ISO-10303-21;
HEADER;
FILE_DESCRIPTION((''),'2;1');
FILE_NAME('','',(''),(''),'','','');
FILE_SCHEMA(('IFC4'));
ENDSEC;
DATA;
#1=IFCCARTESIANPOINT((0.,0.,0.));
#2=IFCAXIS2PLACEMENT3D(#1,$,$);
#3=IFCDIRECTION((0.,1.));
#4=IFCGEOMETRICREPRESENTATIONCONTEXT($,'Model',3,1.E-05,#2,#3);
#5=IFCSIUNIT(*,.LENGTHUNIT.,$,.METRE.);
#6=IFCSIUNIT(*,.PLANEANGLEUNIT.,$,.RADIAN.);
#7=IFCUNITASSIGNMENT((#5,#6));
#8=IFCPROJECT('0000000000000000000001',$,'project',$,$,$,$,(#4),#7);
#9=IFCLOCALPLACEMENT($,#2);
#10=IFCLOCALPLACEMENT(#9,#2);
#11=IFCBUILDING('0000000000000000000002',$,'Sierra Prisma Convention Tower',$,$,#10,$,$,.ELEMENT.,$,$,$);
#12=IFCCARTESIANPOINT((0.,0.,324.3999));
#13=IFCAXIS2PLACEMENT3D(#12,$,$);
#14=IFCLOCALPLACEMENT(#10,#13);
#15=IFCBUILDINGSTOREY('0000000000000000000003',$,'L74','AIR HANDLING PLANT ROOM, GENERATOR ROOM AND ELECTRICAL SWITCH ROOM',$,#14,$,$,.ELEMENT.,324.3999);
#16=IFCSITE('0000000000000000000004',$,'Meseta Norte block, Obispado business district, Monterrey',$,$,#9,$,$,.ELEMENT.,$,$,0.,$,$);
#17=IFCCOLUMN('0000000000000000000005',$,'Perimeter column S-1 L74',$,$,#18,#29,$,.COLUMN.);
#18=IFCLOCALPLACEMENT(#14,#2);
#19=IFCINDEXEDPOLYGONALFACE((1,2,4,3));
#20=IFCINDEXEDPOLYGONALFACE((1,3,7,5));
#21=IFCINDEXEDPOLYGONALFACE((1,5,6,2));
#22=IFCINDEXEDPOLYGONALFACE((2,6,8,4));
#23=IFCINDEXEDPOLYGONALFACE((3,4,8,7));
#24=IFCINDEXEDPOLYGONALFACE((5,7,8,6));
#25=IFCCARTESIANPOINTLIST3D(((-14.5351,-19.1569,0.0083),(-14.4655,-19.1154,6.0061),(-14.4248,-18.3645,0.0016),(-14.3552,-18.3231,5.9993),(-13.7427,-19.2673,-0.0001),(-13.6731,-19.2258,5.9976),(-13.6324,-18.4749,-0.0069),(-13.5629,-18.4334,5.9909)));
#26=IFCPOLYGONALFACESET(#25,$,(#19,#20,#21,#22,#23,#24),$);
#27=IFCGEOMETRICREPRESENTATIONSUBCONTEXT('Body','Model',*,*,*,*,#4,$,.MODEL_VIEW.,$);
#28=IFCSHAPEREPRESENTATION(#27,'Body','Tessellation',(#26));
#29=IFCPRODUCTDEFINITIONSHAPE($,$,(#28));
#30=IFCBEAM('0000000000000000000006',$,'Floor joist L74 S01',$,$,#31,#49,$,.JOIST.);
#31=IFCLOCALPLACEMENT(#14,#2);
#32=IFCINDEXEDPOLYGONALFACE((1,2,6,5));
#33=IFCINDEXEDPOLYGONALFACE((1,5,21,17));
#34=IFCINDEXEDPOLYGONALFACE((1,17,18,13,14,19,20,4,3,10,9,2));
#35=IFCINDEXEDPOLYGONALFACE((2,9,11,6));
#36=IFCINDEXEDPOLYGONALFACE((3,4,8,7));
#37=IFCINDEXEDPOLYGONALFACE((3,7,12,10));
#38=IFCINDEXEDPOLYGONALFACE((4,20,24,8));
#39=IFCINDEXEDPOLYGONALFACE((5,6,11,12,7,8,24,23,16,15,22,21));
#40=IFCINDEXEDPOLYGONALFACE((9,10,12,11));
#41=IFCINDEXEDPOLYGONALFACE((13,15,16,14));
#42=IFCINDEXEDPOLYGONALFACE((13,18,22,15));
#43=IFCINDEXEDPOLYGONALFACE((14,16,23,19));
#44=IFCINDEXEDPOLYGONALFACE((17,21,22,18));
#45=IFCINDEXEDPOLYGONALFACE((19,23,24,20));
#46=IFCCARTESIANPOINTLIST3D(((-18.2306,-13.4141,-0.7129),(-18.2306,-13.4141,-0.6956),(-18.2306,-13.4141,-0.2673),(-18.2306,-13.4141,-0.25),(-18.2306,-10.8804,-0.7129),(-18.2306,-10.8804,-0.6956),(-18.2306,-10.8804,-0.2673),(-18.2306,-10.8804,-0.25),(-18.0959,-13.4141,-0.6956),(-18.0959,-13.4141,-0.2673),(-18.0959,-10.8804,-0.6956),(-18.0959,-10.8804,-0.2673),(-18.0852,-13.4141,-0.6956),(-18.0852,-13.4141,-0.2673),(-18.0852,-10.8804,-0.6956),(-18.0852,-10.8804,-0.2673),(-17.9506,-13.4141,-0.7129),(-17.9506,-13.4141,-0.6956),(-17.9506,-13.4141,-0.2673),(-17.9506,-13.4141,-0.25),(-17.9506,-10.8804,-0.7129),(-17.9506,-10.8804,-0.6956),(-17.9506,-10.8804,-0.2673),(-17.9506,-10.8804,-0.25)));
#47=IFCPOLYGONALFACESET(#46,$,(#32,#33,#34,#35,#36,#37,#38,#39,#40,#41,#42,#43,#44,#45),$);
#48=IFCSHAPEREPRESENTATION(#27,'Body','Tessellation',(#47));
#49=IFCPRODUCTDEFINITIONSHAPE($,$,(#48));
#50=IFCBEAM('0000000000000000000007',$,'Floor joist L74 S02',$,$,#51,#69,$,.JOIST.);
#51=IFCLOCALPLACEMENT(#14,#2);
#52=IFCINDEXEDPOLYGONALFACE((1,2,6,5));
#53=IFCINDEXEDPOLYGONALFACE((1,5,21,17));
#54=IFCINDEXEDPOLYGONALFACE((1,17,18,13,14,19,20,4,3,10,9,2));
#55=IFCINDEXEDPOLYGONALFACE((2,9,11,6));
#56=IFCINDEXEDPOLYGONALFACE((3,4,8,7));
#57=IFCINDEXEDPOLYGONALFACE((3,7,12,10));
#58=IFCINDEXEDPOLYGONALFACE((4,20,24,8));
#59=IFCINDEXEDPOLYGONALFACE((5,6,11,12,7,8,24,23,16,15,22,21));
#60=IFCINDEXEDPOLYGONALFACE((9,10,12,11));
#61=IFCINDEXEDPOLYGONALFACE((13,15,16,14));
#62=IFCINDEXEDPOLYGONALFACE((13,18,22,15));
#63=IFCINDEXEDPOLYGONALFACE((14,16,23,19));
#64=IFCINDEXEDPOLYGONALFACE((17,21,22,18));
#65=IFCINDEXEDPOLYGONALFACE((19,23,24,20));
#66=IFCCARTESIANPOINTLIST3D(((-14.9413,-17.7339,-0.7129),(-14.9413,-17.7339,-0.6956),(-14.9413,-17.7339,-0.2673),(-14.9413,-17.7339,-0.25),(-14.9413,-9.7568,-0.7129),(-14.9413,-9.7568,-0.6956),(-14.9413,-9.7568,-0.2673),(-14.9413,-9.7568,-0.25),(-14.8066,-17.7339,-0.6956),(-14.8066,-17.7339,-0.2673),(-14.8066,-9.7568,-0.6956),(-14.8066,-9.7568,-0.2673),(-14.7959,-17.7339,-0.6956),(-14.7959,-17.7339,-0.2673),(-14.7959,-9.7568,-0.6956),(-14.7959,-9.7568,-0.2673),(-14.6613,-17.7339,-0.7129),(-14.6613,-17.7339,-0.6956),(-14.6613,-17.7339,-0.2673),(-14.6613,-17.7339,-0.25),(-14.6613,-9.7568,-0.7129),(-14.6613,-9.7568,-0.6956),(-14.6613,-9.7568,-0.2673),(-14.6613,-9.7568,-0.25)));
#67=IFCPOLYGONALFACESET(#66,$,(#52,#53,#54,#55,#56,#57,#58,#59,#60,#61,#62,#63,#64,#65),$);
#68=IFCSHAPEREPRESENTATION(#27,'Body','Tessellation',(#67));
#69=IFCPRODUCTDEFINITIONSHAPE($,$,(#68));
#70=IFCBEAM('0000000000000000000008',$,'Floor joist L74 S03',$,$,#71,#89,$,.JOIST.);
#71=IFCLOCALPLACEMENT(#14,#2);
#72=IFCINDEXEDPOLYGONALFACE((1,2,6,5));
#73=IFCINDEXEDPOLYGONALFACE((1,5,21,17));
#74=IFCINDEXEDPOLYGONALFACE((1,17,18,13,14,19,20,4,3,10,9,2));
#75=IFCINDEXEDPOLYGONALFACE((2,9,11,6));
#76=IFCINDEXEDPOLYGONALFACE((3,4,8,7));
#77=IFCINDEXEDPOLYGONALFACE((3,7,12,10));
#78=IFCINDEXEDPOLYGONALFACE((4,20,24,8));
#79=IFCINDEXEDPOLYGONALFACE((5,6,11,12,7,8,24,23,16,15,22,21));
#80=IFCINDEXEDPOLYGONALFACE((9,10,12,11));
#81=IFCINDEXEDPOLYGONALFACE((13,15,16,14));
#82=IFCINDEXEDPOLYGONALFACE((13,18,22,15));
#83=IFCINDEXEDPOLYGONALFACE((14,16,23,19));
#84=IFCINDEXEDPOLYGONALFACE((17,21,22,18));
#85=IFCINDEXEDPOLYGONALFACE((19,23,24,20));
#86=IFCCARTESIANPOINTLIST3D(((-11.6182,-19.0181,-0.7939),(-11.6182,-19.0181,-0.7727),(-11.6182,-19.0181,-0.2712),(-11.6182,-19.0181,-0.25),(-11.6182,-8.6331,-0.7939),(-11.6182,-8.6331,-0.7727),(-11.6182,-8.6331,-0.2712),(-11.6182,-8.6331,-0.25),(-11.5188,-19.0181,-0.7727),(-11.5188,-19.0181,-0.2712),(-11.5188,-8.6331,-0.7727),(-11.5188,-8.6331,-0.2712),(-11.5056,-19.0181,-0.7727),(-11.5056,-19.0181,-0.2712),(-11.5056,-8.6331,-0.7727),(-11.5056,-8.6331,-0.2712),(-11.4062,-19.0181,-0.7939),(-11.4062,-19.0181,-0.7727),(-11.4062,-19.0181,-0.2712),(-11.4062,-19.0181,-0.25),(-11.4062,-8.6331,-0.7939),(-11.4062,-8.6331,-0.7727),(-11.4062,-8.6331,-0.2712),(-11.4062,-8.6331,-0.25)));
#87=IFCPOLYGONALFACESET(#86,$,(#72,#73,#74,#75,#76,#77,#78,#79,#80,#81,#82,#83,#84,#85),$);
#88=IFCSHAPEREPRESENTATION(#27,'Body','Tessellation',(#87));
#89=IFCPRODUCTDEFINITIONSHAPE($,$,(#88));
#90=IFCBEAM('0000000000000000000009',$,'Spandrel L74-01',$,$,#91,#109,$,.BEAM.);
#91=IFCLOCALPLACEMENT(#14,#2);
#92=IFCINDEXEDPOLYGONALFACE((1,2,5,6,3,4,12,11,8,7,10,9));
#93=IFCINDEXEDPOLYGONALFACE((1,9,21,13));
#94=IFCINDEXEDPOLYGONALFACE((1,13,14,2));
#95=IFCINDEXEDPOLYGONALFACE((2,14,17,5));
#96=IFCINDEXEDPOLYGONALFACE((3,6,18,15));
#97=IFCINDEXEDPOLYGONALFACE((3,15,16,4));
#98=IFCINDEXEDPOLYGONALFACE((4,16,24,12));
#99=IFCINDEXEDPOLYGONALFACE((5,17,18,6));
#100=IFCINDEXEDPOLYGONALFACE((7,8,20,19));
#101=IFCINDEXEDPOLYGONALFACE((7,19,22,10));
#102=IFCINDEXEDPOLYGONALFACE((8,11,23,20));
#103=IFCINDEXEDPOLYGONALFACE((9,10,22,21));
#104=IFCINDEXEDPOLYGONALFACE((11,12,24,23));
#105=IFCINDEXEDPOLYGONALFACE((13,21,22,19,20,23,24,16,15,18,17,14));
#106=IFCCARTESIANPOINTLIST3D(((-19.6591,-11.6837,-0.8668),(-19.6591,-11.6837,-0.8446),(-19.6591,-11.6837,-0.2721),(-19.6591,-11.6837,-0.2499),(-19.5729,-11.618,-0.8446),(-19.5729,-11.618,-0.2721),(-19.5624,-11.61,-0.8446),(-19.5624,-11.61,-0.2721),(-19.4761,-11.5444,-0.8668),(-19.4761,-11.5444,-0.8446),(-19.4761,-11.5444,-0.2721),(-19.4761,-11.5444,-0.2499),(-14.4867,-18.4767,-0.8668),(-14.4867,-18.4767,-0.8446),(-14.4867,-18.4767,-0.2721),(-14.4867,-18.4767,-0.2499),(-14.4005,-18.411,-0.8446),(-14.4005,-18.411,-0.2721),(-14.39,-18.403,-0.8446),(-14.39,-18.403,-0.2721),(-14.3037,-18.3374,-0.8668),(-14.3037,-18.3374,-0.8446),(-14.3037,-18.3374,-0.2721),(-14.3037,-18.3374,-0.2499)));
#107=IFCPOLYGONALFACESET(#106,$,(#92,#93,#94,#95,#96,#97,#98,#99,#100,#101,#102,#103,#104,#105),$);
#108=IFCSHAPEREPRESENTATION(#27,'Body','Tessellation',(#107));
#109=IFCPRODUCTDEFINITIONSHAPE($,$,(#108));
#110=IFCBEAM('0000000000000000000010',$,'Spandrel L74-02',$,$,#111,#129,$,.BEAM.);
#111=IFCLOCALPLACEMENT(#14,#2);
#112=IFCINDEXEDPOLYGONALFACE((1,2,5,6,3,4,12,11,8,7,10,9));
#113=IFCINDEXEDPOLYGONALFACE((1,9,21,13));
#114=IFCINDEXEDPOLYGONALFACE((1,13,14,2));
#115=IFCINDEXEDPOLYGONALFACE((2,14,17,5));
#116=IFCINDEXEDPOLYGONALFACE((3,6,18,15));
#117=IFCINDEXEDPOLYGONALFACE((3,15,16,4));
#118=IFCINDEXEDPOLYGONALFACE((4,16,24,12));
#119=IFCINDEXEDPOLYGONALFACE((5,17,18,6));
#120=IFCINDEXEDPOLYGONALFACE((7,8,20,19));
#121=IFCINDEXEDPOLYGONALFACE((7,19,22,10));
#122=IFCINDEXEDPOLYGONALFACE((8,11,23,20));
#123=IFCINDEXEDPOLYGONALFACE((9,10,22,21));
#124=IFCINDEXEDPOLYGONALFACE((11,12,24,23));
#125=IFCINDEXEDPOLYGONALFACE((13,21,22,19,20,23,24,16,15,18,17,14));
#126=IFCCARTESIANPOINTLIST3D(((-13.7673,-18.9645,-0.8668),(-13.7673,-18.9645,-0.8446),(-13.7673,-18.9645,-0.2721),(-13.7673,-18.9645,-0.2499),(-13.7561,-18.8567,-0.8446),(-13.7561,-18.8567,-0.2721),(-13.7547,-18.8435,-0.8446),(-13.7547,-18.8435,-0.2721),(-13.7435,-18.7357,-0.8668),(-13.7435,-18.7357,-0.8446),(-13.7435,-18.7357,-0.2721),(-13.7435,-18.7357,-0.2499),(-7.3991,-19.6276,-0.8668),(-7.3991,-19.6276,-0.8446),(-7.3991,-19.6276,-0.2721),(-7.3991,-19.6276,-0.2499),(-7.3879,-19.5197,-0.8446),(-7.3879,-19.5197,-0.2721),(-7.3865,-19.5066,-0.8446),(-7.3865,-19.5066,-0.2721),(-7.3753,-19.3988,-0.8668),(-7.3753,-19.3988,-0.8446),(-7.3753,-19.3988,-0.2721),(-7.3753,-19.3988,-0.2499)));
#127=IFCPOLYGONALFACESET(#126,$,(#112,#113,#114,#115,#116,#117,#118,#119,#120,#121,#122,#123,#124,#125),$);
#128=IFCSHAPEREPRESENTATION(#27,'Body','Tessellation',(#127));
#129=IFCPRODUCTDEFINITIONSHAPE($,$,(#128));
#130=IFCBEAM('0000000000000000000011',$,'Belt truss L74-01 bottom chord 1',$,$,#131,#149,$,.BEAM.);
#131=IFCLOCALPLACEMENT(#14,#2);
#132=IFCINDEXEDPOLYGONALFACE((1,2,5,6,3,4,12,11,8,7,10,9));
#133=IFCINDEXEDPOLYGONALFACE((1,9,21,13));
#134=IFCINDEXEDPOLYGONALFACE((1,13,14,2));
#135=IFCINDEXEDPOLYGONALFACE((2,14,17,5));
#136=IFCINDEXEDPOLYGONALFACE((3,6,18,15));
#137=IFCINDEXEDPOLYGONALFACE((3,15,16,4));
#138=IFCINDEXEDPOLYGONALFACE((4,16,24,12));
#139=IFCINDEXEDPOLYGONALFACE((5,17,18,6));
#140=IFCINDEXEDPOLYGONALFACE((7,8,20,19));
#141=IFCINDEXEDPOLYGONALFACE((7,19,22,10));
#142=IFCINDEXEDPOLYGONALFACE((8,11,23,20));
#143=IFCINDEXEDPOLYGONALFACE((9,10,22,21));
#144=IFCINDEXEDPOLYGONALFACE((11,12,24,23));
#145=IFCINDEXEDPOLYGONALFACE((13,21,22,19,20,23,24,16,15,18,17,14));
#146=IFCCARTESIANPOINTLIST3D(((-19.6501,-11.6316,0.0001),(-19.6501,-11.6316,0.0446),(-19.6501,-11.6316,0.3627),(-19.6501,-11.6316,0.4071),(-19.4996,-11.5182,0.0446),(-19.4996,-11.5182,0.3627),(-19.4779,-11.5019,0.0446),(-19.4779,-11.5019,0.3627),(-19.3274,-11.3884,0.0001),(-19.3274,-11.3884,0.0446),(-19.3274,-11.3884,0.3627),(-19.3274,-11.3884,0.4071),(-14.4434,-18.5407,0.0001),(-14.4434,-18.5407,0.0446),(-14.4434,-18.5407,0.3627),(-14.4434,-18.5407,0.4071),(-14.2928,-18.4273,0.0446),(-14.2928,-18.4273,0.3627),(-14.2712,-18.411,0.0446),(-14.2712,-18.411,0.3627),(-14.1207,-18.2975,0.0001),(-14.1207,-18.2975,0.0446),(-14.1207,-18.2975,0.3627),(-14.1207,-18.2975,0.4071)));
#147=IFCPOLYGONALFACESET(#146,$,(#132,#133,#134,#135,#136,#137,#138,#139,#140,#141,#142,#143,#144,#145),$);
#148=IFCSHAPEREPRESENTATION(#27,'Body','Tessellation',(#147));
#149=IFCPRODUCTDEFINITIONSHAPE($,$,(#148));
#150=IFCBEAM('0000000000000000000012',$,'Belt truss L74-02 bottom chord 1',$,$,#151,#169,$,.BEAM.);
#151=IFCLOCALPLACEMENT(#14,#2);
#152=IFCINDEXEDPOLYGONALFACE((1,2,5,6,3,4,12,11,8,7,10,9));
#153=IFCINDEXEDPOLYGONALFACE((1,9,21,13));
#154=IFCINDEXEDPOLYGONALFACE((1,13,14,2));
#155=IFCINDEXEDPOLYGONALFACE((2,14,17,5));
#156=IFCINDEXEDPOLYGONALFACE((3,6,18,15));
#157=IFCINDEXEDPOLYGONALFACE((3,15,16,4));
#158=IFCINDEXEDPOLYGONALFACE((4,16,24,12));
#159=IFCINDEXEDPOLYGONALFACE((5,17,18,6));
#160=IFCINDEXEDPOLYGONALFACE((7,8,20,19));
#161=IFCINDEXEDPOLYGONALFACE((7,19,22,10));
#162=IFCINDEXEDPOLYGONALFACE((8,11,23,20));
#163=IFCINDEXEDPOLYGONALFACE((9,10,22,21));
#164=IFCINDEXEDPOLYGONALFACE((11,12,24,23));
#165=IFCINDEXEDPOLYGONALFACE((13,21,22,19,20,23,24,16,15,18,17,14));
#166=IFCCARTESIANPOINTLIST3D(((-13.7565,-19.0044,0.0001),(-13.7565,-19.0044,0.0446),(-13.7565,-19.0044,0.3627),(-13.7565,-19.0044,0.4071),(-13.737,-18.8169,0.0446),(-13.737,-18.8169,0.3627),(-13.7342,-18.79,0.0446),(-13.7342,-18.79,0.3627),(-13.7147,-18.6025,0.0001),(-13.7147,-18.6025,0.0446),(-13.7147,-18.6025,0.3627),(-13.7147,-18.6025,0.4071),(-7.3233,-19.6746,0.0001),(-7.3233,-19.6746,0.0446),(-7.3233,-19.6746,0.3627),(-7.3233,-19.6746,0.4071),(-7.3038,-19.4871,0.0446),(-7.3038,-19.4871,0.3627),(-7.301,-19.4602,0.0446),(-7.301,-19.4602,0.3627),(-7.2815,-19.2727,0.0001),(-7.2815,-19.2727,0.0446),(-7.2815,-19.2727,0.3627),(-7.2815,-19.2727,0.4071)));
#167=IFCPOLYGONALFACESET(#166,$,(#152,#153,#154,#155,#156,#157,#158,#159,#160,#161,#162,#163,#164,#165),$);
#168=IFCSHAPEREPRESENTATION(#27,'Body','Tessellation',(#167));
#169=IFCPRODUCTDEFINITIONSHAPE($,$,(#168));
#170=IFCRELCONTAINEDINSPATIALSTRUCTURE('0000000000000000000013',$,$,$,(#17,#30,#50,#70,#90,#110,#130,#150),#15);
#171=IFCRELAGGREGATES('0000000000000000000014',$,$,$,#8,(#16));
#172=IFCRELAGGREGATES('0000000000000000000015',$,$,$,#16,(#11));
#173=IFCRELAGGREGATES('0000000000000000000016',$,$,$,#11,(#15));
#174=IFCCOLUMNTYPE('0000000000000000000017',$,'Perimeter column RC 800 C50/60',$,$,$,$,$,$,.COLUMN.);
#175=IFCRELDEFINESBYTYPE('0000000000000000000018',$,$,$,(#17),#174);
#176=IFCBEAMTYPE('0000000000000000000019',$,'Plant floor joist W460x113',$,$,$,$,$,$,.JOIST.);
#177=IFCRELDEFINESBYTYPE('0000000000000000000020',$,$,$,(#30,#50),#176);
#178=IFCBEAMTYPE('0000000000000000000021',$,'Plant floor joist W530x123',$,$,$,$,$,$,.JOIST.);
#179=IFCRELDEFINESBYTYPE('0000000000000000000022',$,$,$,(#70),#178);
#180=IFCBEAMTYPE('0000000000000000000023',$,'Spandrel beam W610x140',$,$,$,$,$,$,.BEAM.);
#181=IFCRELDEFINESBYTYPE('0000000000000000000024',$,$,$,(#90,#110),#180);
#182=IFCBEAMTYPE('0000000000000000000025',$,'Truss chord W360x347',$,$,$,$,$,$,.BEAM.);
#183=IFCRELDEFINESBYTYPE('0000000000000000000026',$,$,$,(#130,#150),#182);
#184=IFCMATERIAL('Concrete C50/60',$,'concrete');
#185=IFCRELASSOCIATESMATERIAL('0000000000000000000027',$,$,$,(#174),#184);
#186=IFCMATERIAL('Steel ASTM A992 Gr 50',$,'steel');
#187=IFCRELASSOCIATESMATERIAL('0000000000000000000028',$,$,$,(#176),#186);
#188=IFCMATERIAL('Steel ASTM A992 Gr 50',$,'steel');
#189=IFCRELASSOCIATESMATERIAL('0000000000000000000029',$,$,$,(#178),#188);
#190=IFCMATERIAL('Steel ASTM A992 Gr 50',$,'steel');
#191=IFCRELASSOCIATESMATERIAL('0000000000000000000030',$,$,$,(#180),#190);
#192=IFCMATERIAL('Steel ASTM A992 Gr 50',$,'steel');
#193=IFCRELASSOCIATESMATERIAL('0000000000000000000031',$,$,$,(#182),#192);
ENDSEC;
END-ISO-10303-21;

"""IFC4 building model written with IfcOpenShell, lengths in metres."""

from ifc_helpers import new_model, si_unit, direction, frame, origin, origin_2d, place, context, subcontext, project, spatial, rectangle, i_section, extrude, clip, halfspace, material, material_profile, profile_set, type_object, element, save


model = new_model("IFC4")

# Units and contexts
model_context = context("Model", 3, precision=1e-05, world=origin(), true_north=direction((0.0, 1.0)))
body_context = subcontext(model_context, "Body", "Model", "MODEL_VIEW")
ifc_project = project(units=[si_unit("LENGTHUNIT", "METRE"), si_unit("PLANEANGLEUNIT", "RADIAN")], contexts=[model_context])

# Site, building, storey
site_placement = place(None, origin())
site = spatial("IfcSite", under=ifc_project, at=site_placement, Name="Meseta Norte block, Obispado business district, Monterrey", CompositionType="ELEMENT", RefElevation=0.0)
building_placement = place(site_placement, origin())
building = spatial("IfcBuilding", under=site, at=building_placement, Name="Sierra Prisma Convention Tower", CompositionType="ELEMENT")
storey_placement = place(building_placement, frame((0.0, 0.0, 324.3999)))
storey = spatial("IfcBuildingStorey", under=building, at=storey_placement, Name="L74", Description="AIR HANDLING PLANT ROOM, GENERATOR ROOM AND ELECTRICAL SWITCH ROOM", CompositionType="ELEMENT", Elevation=324.3999)

# Column
ifc_material_1 = material(Name="Concrete C50/60", Category="concrete")
ifc_material_profile_1 = material_profile(ifc_material_1, rectangle(XDim=0.8, YDim=0.8, at=origin_2d()), Name="Perimeter column RC 800 C50/60")
ifc_profile_set_1 = profile_set([ifc_material_profile_1], Name="Concrete C50/60")
column_type = type_object("IfcColumnType", Name="Perimeter column RC 800 C50/60", PredefinedType="COLUMN", material=ifc_profile_set_1)
column_placement = place(storey_placement, frame((-14.0837, -18.8159, 0.0), z_axis=(0.011596, 0.006917, 0.999909), x_axis=(-0.990384, 0.137944, 0.010531)))
element("IfcColumn", 1, at=column_placement, inside=storey, type_object=column_type, Name="Perimeter column S-1 L74", PredefinedType="COLUMN", context=body_context, shape_type="SweptSolid", body=[
    clip(clip(extrude(rectangle(XDim=0.8, YDim=0.8, at=origin_2d()), origin(), (0.0, 0.0, 1.0), 6.0005), halfspace(frame((0.0, 0.0, 0.0007)), True)), halfspace(frame((0.0, 0.0, 5.999)), False)),
])

# Beams
ifc_material_2 = material(Name="Steel ASTM A992 Gr 50", Category="steel")
ifc_material_profile_2 = material_profile(ifc_material_2, i_section(OverallWidth=0.28, OverallDepth=0.4629, WebThickness=0.0107, FlangeThickness=0.0173, at=origin_2d()), Name="W460x113")
ifc_profile_set_2 = profile_set([ifc_material_profile_2], Name="Steel ASTM A992 Gr 50")
beam_type_1 = type_object("IfcBeamType", Name="Plant floor joist W460x113", PredefinedType="JOIST", material=ifc_profile_set_2)
beam_1_placement = place(storey_placement, frame((-18.0906, -13.4141, -0.4814), z_axis=(0.0, 1.0, 0.0), x_axis=(-1.0, 0.0, 0.0)))
element("IfcBeam", 2, at=beam_1_placement, inside=storey, type_object=beam_type_1, Name="Floor joist L74 S01", PredefinedType="JOIST", context=body_context, shape_type="SweptSolid", body=[
    extrude(i_section(OverallWidth=0.28, OverallDepth=0.4629, WebThickness=0.0107, FlangeThickness=0.0173, at=origin_2d()), origin(), (0.0, 0.0, 1.0), 2.5337),
])
beam_2_placement = place(storey_placement, frame((-14.8013, -17.7339, -0.4814), z_axis=(0.0, 1.0, 0.0), x_axis=(-1.0, 0.0, 0.0)))
element("IfcBeam", 3, at=beam_2_placement, inside=storey, type_object=beam_type_1, Name="Floor joist L74 S02", PredefinedType="JOIST", context=body_context, shape_type="SweptSolid", body=[
    extrude(i_section(OverallWidth=0.28, OverallDepth=0.4629, WebThickness=0.0107, FlangeThickness=0.0173, at=origin_2d()), origin(), (0.0, 0.0, 1.0), 7.9771),
])
ifc_material_3 = material(Name="Steel ASTM A992 Gr 50", Category="steel")
ifc_material_profile_3 = material_profile(ifc_material_3, i_section(OverallWidth=0.2119, OverallDepth=0.5439, WebThickness=0.0132, FlangeThickness=0.0212, at=origin_2d()), Name="W530x123")
ifc_profile_set_3 = profile_set([ifc_material_profile_3], Name="Steel ASTM A992 Gr 50")
beam_type_2 = type_object("IfcBeamType", Name="Plant floor joist W530x123", PredefinedType="JOIST", material=ifc_profile_set_3)
beam_3_placement = place(storey_placement, frame((-11.5122, -19.0181, -0.522), z_axis=(0.0, 1.0, 0.0), x_axis=(-1.0, 0.0, 0.0)))
element("IfcBeam", 4, at=beam_3_placement, inside=storey, type_object=beam_type_2, Name="Floor joist L74 S03", PredefinedType="JOIST", context=body_context, shape_type="SweptSolid", body=[
    extrude(i_section(OverallWidth=0.2119, OverallDepth=0.5439, WebThickness=0.0132, FlangeThickness=0.0212, at=origin_2d()), origin(), (0.0, 0.0, 1.0), 10.385),
])
ifc_material_4 = material(Name="Steel ASTM A992 Gr 50", Category="steel")
ifc_material_profile_4 = material_profile(ifc_material_4, i_section(OverallWidth=0.23, OverallDepth=0.6169, WebThickness=0.0132, FlangeThickness=0.0222, at=origin_2d()), Name="W610x140")
ifc_profile_set_4 = profile_set([ifc_material_profile_4], Name="Steel ASTM A992 Gr 50")
beam_type_3 = type_object("IfcBeamType", Name="Spandrel beam W610x140", PredefinedType="BEAM", material=ifc_profile_set_4)
beam_4_placement = place(storey_placement, frame((-19.5676, -11.614, -0.5583), z_axis=(0.605804, -0.795614, 0.0), x_axis=(0.795614, 0.605804, 0.0)))
element("IfcBeam", 5, at=beam_4_placement, inside=storey, type_object=beam_type_3, Name="Spandrel L74-01", PredefinedType="BEAM", context=body_context, shape_type="SweptSolid", body=[
    extrude(i_section(OverallWidth=0.23, OverallDepth=0.6169, WebThickness=0.0132, FlangeThickness=0.0222, at=origin_2d()), origin(), (0.0, 0.0, 1.0), 8.5381),
])
beam_5_placement = place(storey_placement, frame((-13.7554, -18.8501, -0.5583), z_axis=(0.994623, -0.103565, 0.0), x_axis=(0.103565, 0.994623, 0.0)))
element("IfcBeam", 6, at=beam_5_placement, inside=storey, type_object=beam_type_3, Name="Spandrel L74-02", PredefinedType="BEAM", context=body_context, shape_type="SweptSolid", body=[
    extrude(i_section(OverallWidth=0.23, OverallDepth=0.6169, WebThickness=0.0132, FlangeThickness=0.0222, at=origin_2d()), origin(), (0.0, 0.0, 1.0), 6.4026),
])
ifc_material_5 = material(Name="Steel ASTM A992 Gr 50", Category="steel")
ifc_material_profile_5 = material_profile(ifc_material_5, i_section(OverallWidth=0.4041, OverallDepth=0.407, WebThickness=0.0271, FlangeThickness=0.0444, at=origin_2d()), Name="W360x347")
ifc_profile_set_5 = profile_set([ifc_material_profile_5], Name="Steel ASTM A992 Gr 50")
beam_type_4 = type_object("IfcBeamType", Name="Truss chord W360x347", PredefinedType="BEAM", material=ifc_profile_set_5)
beam_6_placement = place(storey_placement, frame((-19.4888, -11.51, 0.2036), z_axis=(0.601841, -0.798616, 0.0), x_axis=(0.798616, 0.601841, 0.0)))
element("IfcBeam", 7, at=beam_6_placement, inside=storey, type_object=beam_type_4, Name="Belt truss L74-01 bottom chord 1", PredefinedType="BEAM", context=body_context, shape_type="SweptSolid", body=[
    extrude(i_section(OverallWidth=0.4041, OverallDepth=0.407, WebThickness=0.0271, FlangeThickness=0.0444, at=origin_2d()), origin(), (0.0, 0.0, 1.0), 8.6514),
])
beam_7_placement = place(storey_placement, frame((-13.7356, -18.8035, 0.2036), z_axis=(0.994618, -0.103614, 0.0), x_axis=(0.103614, 0.994618, 0.0)))
element("IfcBeam", 8, at=beam_7_placement, inside=storey, type_object=beam_type_4, Name="Belt truss L74-02 bottom chord 1", PredefinedType="BEAM", context=body_context, shape_type="SweptSolid", body=[
    extrude(i_section(OverallWidth=0.4041, OverallDepth=0.407, WebThickness=0.0271, FlangeThickness=0.0444, at=origin_2d()), origin(), (0.0, 0.0, 1.0), 6.468),
])

save(model, "model.ifc")
